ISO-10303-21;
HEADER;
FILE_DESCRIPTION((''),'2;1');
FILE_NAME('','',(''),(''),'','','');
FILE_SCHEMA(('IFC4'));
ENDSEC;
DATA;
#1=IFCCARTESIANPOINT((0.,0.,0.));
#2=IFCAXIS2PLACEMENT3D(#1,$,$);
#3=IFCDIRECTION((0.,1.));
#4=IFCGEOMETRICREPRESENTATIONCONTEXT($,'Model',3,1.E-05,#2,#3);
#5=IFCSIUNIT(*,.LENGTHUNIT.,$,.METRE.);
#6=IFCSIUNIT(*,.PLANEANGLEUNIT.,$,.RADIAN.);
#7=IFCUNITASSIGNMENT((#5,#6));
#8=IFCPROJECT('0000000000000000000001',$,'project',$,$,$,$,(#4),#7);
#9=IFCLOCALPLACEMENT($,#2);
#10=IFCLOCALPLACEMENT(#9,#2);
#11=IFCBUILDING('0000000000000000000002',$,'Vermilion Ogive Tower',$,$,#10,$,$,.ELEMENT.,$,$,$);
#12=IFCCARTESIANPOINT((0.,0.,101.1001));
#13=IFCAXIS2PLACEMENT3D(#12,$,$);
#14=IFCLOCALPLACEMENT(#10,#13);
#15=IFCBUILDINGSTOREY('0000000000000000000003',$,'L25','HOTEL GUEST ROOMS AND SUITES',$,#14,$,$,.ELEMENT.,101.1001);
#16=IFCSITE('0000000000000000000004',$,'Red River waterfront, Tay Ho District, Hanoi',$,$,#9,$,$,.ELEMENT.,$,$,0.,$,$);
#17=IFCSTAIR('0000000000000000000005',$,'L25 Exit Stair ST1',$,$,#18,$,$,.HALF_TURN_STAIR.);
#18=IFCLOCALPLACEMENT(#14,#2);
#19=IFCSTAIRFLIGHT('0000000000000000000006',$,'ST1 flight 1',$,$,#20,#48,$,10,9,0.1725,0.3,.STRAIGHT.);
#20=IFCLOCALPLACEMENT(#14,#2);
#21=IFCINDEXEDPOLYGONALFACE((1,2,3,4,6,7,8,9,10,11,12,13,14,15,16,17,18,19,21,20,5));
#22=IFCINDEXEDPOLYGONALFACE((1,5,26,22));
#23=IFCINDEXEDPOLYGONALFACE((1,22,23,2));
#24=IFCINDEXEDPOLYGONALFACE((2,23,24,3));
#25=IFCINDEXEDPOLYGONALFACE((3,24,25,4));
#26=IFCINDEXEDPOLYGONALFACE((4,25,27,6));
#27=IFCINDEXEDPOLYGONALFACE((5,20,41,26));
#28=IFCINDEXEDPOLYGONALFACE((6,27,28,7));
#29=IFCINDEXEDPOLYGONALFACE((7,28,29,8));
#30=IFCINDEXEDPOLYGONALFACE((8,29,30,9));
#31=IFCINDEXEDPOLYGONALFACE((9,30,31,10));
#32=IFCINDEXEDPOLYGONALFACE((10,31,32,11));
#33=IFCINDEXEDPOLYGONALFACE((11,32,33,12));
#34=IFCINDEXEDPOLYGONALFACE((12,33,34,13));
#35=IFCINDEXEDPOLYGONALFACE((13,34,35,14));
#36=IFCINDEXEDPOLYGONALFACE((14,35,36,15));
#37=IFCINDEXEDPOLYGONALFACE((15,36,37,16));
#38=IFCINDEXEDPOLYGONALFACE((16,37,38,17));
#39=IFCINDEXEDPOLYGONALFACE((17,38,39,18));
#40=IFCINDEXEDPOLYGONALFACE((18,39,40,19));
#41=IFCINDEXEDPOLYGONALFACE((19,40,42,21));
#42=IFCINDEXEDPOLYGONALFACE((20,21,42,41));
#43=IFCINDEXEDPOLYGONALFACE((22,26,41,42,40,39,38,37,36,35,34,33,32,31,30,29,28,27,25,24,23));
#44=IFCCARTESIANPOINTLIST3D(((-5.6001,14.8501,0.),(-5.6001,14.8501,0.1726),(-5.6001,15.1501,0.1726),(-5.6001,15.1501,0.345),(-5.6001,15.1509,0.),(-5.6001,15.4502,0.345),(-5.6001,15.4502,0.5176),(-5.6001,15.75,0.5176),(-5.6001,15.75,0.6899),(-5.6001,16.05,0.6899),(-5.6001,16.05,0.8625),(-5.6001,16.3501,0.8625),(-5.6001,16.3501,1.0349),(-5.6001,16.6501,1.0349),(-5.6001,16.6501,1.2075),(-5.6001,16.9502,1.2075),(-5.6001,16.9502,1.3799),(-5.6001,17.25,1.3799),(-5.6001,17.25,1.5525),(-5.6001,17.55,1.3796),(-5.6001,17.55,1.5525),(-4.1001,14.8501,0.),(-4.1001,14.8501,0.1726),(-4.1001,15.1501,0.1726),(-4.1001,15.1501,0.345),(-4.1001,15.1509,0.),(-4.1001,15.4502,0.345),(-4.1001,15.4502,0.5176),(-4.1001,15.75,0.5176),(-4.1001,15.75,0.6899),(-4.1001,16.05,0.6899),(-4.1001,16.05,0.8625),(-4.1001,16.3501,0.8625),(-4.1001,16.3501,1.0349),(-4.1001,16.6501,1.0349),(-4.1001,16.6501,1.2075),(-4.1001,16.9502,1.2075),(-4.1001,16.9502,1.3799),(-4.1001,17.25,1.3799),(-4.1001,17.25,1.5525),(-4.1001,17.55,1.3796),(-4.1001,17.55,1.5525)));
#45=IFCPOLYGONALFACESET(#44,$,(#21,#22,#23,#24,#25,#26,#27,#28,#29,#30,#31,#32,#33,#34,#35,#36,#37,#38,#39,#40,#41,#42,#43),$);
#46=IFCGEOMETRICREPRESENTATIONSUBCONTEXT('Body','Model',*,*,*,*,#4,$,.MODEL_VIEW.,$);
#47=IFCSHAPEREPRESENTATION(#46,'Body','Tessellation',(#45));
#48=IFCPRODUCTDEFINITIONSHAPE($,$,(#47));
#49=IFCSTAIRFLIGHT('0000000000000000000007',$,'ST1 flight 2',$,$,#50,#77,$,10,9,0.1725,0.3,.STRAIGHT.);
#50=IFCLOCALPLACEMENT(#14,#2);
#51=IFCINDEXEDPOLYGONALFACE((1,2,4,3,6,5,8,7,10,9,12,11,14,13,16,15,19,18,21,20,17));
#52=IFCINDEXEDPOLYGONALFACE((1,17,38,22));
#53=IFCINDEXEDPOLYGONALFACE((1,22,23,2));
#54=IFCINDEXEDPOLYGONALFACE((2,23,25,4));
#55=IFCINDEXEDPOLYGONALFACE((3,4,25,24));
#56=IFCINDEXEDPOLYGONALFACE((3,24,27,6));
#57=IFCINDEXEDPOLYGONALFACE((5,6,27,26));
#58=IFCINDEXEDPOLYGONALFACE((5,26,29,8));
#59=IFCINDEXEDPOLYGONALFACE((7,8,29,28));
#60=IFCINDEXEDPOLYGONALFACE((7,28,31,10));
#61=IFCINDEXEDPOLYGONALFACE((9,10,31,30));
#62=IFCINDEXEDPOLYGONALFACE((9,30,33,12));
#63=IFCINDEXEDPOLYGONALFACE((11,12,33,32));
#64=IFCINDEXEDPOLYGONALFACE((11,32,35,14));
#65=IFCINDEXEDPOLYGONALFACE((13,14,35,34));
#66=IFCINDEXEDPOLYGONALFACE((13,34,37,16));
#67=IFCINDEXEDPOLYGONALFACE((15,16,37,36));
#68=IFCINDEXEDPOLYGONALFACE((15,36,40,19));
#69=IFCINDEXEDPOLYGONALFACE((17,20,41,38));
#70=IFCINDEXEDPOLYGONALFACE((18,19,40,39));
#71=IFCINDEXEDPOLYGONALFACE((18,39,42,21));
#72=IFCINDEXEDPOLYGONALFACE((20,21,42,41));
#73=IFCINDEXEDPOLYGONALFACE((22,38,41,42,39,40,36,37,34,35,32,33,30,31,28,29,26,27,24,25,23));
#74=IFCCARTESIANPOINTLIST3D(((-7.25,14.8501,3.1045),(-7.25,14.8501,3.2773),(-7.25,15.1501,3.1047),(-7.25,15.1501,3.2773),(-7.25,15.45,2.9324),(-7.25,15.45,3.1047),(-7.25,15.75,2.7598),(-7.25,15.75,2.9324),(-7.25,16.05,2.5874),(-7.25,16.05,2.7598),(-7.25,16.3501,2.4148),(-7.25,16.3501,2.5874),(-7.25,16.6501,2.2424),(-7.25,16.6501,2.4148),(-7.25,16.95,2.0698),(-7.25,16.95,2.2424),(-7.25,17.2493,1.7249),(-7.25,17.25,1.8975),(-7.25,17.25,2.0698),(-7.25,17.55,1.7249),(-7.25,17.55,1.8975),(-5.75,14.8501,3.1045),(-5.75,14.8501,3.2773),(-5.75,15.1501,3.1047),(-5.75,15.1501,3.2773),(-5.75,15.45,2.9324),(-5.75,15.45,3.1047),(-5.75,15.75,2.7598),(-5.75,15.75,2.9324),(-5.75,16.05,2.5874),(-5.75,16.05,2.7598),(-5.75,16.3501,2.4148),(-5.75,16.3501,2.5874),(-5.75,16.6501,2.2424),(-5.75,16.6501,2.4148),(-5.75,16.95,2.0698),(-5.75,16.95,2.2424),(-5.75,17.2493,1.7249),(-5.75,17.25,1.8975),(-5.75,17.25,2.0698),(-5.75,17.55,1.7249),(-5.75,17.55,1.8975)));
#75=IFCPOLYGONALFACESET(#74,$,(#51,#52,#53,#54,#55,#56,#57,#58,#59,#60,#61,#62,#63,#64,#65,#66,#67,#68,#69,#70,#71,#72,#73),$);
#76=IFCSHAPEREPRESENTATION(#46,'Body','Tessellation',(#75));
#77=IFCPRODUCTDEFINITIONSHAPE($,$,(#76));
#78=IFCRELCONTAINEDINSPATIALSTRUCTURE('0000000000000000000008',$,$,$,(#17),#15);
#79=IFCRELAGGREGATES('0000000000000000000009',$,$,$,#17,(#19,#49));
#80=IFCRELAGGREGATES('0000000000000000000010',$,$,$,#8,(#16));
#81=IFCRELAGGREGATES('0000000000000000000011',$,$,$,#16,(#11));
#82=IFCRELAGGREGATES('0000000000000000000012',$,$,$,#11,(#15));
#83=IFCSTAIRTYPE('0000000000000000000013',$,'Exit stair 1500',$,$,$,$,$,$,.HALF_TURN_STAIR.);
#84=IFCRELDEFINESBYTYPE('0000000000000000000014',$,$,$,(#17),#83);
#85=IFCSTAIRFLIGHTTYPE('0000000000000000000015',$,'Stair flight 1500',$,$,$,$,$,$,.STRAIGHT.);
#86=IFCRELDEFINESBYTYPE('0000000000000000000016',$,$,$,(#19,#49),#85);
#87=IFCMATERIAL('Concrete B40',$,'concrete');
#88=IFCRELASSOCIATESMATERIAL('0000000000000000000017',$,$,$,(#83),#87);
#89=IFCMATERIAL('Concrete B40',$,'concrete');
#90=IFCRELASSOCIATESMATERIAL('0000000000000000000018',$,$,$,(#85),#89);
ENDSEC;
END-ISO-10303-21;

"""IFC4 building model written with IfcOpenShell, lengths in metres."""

from ifc_helpers import new_model, si_unit, direction, frame, origin, place, context, subcontext, project, spatial, polyline, outline, extrude, material, type_object, element, aggregate, save


model = new_model("IFC4")

# Units and contexts
model_context = context("Model", 3, precision=1e-05, world=origin(), true_north=direction((0.0, 1.0)))
body_context = subcontext(model_context, "Body", "Model", "MODEL_VIEW")
ifc_project = project(units=[si_unit("LENGTHUNIT", "METRE"), si_unit("PLANEANGLEUNIT", "RADIAN")], contexts=[model_context])

# Site, building, storey
site_placement = place(None, origin())
site = spatial("IfcSite", under=ifc_project, at=site_placement, Name="Red River waterfront, Tay Ho District, Hanoi", CompositionType="ELEMENT", RefElevation=0.0)
building_placement = place(site_placement, origin())
building = spatial("IfcBuilding", under=site, at=building_placement, Name="Vermilion Ogive Tower", CompositionType="ELEMENT")
storey_placement = place(building_placement, frame((0.0, 0.0, 101.1001)))
storey = spatial("IfcBuildingStorey", under=building, at=storey_placement, Name="L25", Description="HOTEL GUEST ROOMS AND SUITES", CompositionType="ELEMENT", Elevation=101.1001)

# Stair, stair flights
ifc_material_1 = material(Name="Concrete B40", Category="concrete")
stair_type = type_object("IfcStairType", Name="Exit stair 1500", PredefinedType="HALF_TURN_STAIR", material=ifc_material_1)
stair_placement = place(storey_placement, origin())
stair = element("IfcStair", 1, at=stair_placement, inside=storey, type_object=stair_type, Name="L25 Exit Stair ST1", PredefinedType="HALF_TURN_STAIR")
ifc_material_2 = material(Name="Concrete B40", Category="concrete")
stair_flight_type = type_object("IfcStairFlightType", Name="Stair flight 1500", PredefinedType="STRAIGHT", material=ifc_material_2)
stair_flight_1_placement = place(storey_placement, frame((-4.8501, 14.8501, 0.0), z_axis=(0.0, 0.0, 1.0), x_axis=(0.0, 1.0, 0.0)))
stair_flight_1 = element("IfcStairFlight", 2, at=stair_flight_1_placement, type_object=stair_flight_type, Name="ST1 flight 1", NumberOfRisers=10, NumberOfTreads=9, PredefinedType="STRAIGHT", RiserHeight=0.1725, TreadLength=0.3, context=body_context, shape_type="SweptSolid", body=[
    extrude(outline(polyline([(0.0, 0.0), (0.0, 0.1726), (0.3, 0.1726), (0.3, 0.345), (0.6001, 0.345), (0.6001, 0.5176), (0.8999, 0.5176), (0.8999, 0.6899), (1.2, 0.6899), (1.2, 0.8625), (1.5, 0.8625), (1.5, 1.0349), (1.8, 1.0349), (1.8, 1.2075), (2.1001, 1.2075), (2.1001, 1.3799), (2.3999, 1.3799), (2.3999, 1.5525), (2.7, 1.5525), (2.7, 1.7251), (2.7, 1.3796), (0.3008, 0.0), (0.0, 0.0)])), frame((0.0, 0.75, 0.0), z_axis=(0.0, -1.0, 0.0), x_axis=(1.0, 0.0, 0.0)), (0.0, 0.0, 1.0), 1.5),
])
stair_flight_2_placement = place(storey_placement, frame((-6.5, 17.55, 1.7249), z_axis=(0.0, 0.0, 1.0), x_axis=(0.0, -1.0, 0.0)))
stair_flight_2 = element("IfcStairFlight", 3, at=stair_flight_2_placement, type_object=stair_flight_type, Name="ST1 flight 2", NumberOfRisers=10, NumberOfTreads=9, PredefinedType="STRAIGHT", RiserHeight=0.1725, TreadLength=0.3, context=body_context, shape_type="SweptSolid", body=[
    extrude(outline(polyline([(0.0, 0.0), (0.0, 0.1726), (0.3, 0.1726), (0.3, 0.345), (0.6001, 0.345), (0.6001, 0.5176), (0.8999, 0.5176), (0.8999, 0.6899), (1.2, 0.6899), (1.2, 0.8625), (1.5, 0.8625), (1.5, 1.0349), (1.8, 1.0349), (1.8, 1.2075), (2.1001, 1.2075), (2.1001, 1.3799), (2.3999, 1.3799), (2.3999, 1.5525), (2.7, 1.5525), (2.7, 1.7251), (2.7, 1.3796), (0.3008, 0.0), (0.0, 0.0)])), frame((0.0, 0.75, 0.0), z_axis=(0.0, -1.0, 0.0), x_axis=(1.0, 0.0, 0.0)), (0.0, 0.0, 1.0), 1.5),
])
aggregate(stair, [stair_flight_1, stair_flight_2])

save(model, "model.ifc")
